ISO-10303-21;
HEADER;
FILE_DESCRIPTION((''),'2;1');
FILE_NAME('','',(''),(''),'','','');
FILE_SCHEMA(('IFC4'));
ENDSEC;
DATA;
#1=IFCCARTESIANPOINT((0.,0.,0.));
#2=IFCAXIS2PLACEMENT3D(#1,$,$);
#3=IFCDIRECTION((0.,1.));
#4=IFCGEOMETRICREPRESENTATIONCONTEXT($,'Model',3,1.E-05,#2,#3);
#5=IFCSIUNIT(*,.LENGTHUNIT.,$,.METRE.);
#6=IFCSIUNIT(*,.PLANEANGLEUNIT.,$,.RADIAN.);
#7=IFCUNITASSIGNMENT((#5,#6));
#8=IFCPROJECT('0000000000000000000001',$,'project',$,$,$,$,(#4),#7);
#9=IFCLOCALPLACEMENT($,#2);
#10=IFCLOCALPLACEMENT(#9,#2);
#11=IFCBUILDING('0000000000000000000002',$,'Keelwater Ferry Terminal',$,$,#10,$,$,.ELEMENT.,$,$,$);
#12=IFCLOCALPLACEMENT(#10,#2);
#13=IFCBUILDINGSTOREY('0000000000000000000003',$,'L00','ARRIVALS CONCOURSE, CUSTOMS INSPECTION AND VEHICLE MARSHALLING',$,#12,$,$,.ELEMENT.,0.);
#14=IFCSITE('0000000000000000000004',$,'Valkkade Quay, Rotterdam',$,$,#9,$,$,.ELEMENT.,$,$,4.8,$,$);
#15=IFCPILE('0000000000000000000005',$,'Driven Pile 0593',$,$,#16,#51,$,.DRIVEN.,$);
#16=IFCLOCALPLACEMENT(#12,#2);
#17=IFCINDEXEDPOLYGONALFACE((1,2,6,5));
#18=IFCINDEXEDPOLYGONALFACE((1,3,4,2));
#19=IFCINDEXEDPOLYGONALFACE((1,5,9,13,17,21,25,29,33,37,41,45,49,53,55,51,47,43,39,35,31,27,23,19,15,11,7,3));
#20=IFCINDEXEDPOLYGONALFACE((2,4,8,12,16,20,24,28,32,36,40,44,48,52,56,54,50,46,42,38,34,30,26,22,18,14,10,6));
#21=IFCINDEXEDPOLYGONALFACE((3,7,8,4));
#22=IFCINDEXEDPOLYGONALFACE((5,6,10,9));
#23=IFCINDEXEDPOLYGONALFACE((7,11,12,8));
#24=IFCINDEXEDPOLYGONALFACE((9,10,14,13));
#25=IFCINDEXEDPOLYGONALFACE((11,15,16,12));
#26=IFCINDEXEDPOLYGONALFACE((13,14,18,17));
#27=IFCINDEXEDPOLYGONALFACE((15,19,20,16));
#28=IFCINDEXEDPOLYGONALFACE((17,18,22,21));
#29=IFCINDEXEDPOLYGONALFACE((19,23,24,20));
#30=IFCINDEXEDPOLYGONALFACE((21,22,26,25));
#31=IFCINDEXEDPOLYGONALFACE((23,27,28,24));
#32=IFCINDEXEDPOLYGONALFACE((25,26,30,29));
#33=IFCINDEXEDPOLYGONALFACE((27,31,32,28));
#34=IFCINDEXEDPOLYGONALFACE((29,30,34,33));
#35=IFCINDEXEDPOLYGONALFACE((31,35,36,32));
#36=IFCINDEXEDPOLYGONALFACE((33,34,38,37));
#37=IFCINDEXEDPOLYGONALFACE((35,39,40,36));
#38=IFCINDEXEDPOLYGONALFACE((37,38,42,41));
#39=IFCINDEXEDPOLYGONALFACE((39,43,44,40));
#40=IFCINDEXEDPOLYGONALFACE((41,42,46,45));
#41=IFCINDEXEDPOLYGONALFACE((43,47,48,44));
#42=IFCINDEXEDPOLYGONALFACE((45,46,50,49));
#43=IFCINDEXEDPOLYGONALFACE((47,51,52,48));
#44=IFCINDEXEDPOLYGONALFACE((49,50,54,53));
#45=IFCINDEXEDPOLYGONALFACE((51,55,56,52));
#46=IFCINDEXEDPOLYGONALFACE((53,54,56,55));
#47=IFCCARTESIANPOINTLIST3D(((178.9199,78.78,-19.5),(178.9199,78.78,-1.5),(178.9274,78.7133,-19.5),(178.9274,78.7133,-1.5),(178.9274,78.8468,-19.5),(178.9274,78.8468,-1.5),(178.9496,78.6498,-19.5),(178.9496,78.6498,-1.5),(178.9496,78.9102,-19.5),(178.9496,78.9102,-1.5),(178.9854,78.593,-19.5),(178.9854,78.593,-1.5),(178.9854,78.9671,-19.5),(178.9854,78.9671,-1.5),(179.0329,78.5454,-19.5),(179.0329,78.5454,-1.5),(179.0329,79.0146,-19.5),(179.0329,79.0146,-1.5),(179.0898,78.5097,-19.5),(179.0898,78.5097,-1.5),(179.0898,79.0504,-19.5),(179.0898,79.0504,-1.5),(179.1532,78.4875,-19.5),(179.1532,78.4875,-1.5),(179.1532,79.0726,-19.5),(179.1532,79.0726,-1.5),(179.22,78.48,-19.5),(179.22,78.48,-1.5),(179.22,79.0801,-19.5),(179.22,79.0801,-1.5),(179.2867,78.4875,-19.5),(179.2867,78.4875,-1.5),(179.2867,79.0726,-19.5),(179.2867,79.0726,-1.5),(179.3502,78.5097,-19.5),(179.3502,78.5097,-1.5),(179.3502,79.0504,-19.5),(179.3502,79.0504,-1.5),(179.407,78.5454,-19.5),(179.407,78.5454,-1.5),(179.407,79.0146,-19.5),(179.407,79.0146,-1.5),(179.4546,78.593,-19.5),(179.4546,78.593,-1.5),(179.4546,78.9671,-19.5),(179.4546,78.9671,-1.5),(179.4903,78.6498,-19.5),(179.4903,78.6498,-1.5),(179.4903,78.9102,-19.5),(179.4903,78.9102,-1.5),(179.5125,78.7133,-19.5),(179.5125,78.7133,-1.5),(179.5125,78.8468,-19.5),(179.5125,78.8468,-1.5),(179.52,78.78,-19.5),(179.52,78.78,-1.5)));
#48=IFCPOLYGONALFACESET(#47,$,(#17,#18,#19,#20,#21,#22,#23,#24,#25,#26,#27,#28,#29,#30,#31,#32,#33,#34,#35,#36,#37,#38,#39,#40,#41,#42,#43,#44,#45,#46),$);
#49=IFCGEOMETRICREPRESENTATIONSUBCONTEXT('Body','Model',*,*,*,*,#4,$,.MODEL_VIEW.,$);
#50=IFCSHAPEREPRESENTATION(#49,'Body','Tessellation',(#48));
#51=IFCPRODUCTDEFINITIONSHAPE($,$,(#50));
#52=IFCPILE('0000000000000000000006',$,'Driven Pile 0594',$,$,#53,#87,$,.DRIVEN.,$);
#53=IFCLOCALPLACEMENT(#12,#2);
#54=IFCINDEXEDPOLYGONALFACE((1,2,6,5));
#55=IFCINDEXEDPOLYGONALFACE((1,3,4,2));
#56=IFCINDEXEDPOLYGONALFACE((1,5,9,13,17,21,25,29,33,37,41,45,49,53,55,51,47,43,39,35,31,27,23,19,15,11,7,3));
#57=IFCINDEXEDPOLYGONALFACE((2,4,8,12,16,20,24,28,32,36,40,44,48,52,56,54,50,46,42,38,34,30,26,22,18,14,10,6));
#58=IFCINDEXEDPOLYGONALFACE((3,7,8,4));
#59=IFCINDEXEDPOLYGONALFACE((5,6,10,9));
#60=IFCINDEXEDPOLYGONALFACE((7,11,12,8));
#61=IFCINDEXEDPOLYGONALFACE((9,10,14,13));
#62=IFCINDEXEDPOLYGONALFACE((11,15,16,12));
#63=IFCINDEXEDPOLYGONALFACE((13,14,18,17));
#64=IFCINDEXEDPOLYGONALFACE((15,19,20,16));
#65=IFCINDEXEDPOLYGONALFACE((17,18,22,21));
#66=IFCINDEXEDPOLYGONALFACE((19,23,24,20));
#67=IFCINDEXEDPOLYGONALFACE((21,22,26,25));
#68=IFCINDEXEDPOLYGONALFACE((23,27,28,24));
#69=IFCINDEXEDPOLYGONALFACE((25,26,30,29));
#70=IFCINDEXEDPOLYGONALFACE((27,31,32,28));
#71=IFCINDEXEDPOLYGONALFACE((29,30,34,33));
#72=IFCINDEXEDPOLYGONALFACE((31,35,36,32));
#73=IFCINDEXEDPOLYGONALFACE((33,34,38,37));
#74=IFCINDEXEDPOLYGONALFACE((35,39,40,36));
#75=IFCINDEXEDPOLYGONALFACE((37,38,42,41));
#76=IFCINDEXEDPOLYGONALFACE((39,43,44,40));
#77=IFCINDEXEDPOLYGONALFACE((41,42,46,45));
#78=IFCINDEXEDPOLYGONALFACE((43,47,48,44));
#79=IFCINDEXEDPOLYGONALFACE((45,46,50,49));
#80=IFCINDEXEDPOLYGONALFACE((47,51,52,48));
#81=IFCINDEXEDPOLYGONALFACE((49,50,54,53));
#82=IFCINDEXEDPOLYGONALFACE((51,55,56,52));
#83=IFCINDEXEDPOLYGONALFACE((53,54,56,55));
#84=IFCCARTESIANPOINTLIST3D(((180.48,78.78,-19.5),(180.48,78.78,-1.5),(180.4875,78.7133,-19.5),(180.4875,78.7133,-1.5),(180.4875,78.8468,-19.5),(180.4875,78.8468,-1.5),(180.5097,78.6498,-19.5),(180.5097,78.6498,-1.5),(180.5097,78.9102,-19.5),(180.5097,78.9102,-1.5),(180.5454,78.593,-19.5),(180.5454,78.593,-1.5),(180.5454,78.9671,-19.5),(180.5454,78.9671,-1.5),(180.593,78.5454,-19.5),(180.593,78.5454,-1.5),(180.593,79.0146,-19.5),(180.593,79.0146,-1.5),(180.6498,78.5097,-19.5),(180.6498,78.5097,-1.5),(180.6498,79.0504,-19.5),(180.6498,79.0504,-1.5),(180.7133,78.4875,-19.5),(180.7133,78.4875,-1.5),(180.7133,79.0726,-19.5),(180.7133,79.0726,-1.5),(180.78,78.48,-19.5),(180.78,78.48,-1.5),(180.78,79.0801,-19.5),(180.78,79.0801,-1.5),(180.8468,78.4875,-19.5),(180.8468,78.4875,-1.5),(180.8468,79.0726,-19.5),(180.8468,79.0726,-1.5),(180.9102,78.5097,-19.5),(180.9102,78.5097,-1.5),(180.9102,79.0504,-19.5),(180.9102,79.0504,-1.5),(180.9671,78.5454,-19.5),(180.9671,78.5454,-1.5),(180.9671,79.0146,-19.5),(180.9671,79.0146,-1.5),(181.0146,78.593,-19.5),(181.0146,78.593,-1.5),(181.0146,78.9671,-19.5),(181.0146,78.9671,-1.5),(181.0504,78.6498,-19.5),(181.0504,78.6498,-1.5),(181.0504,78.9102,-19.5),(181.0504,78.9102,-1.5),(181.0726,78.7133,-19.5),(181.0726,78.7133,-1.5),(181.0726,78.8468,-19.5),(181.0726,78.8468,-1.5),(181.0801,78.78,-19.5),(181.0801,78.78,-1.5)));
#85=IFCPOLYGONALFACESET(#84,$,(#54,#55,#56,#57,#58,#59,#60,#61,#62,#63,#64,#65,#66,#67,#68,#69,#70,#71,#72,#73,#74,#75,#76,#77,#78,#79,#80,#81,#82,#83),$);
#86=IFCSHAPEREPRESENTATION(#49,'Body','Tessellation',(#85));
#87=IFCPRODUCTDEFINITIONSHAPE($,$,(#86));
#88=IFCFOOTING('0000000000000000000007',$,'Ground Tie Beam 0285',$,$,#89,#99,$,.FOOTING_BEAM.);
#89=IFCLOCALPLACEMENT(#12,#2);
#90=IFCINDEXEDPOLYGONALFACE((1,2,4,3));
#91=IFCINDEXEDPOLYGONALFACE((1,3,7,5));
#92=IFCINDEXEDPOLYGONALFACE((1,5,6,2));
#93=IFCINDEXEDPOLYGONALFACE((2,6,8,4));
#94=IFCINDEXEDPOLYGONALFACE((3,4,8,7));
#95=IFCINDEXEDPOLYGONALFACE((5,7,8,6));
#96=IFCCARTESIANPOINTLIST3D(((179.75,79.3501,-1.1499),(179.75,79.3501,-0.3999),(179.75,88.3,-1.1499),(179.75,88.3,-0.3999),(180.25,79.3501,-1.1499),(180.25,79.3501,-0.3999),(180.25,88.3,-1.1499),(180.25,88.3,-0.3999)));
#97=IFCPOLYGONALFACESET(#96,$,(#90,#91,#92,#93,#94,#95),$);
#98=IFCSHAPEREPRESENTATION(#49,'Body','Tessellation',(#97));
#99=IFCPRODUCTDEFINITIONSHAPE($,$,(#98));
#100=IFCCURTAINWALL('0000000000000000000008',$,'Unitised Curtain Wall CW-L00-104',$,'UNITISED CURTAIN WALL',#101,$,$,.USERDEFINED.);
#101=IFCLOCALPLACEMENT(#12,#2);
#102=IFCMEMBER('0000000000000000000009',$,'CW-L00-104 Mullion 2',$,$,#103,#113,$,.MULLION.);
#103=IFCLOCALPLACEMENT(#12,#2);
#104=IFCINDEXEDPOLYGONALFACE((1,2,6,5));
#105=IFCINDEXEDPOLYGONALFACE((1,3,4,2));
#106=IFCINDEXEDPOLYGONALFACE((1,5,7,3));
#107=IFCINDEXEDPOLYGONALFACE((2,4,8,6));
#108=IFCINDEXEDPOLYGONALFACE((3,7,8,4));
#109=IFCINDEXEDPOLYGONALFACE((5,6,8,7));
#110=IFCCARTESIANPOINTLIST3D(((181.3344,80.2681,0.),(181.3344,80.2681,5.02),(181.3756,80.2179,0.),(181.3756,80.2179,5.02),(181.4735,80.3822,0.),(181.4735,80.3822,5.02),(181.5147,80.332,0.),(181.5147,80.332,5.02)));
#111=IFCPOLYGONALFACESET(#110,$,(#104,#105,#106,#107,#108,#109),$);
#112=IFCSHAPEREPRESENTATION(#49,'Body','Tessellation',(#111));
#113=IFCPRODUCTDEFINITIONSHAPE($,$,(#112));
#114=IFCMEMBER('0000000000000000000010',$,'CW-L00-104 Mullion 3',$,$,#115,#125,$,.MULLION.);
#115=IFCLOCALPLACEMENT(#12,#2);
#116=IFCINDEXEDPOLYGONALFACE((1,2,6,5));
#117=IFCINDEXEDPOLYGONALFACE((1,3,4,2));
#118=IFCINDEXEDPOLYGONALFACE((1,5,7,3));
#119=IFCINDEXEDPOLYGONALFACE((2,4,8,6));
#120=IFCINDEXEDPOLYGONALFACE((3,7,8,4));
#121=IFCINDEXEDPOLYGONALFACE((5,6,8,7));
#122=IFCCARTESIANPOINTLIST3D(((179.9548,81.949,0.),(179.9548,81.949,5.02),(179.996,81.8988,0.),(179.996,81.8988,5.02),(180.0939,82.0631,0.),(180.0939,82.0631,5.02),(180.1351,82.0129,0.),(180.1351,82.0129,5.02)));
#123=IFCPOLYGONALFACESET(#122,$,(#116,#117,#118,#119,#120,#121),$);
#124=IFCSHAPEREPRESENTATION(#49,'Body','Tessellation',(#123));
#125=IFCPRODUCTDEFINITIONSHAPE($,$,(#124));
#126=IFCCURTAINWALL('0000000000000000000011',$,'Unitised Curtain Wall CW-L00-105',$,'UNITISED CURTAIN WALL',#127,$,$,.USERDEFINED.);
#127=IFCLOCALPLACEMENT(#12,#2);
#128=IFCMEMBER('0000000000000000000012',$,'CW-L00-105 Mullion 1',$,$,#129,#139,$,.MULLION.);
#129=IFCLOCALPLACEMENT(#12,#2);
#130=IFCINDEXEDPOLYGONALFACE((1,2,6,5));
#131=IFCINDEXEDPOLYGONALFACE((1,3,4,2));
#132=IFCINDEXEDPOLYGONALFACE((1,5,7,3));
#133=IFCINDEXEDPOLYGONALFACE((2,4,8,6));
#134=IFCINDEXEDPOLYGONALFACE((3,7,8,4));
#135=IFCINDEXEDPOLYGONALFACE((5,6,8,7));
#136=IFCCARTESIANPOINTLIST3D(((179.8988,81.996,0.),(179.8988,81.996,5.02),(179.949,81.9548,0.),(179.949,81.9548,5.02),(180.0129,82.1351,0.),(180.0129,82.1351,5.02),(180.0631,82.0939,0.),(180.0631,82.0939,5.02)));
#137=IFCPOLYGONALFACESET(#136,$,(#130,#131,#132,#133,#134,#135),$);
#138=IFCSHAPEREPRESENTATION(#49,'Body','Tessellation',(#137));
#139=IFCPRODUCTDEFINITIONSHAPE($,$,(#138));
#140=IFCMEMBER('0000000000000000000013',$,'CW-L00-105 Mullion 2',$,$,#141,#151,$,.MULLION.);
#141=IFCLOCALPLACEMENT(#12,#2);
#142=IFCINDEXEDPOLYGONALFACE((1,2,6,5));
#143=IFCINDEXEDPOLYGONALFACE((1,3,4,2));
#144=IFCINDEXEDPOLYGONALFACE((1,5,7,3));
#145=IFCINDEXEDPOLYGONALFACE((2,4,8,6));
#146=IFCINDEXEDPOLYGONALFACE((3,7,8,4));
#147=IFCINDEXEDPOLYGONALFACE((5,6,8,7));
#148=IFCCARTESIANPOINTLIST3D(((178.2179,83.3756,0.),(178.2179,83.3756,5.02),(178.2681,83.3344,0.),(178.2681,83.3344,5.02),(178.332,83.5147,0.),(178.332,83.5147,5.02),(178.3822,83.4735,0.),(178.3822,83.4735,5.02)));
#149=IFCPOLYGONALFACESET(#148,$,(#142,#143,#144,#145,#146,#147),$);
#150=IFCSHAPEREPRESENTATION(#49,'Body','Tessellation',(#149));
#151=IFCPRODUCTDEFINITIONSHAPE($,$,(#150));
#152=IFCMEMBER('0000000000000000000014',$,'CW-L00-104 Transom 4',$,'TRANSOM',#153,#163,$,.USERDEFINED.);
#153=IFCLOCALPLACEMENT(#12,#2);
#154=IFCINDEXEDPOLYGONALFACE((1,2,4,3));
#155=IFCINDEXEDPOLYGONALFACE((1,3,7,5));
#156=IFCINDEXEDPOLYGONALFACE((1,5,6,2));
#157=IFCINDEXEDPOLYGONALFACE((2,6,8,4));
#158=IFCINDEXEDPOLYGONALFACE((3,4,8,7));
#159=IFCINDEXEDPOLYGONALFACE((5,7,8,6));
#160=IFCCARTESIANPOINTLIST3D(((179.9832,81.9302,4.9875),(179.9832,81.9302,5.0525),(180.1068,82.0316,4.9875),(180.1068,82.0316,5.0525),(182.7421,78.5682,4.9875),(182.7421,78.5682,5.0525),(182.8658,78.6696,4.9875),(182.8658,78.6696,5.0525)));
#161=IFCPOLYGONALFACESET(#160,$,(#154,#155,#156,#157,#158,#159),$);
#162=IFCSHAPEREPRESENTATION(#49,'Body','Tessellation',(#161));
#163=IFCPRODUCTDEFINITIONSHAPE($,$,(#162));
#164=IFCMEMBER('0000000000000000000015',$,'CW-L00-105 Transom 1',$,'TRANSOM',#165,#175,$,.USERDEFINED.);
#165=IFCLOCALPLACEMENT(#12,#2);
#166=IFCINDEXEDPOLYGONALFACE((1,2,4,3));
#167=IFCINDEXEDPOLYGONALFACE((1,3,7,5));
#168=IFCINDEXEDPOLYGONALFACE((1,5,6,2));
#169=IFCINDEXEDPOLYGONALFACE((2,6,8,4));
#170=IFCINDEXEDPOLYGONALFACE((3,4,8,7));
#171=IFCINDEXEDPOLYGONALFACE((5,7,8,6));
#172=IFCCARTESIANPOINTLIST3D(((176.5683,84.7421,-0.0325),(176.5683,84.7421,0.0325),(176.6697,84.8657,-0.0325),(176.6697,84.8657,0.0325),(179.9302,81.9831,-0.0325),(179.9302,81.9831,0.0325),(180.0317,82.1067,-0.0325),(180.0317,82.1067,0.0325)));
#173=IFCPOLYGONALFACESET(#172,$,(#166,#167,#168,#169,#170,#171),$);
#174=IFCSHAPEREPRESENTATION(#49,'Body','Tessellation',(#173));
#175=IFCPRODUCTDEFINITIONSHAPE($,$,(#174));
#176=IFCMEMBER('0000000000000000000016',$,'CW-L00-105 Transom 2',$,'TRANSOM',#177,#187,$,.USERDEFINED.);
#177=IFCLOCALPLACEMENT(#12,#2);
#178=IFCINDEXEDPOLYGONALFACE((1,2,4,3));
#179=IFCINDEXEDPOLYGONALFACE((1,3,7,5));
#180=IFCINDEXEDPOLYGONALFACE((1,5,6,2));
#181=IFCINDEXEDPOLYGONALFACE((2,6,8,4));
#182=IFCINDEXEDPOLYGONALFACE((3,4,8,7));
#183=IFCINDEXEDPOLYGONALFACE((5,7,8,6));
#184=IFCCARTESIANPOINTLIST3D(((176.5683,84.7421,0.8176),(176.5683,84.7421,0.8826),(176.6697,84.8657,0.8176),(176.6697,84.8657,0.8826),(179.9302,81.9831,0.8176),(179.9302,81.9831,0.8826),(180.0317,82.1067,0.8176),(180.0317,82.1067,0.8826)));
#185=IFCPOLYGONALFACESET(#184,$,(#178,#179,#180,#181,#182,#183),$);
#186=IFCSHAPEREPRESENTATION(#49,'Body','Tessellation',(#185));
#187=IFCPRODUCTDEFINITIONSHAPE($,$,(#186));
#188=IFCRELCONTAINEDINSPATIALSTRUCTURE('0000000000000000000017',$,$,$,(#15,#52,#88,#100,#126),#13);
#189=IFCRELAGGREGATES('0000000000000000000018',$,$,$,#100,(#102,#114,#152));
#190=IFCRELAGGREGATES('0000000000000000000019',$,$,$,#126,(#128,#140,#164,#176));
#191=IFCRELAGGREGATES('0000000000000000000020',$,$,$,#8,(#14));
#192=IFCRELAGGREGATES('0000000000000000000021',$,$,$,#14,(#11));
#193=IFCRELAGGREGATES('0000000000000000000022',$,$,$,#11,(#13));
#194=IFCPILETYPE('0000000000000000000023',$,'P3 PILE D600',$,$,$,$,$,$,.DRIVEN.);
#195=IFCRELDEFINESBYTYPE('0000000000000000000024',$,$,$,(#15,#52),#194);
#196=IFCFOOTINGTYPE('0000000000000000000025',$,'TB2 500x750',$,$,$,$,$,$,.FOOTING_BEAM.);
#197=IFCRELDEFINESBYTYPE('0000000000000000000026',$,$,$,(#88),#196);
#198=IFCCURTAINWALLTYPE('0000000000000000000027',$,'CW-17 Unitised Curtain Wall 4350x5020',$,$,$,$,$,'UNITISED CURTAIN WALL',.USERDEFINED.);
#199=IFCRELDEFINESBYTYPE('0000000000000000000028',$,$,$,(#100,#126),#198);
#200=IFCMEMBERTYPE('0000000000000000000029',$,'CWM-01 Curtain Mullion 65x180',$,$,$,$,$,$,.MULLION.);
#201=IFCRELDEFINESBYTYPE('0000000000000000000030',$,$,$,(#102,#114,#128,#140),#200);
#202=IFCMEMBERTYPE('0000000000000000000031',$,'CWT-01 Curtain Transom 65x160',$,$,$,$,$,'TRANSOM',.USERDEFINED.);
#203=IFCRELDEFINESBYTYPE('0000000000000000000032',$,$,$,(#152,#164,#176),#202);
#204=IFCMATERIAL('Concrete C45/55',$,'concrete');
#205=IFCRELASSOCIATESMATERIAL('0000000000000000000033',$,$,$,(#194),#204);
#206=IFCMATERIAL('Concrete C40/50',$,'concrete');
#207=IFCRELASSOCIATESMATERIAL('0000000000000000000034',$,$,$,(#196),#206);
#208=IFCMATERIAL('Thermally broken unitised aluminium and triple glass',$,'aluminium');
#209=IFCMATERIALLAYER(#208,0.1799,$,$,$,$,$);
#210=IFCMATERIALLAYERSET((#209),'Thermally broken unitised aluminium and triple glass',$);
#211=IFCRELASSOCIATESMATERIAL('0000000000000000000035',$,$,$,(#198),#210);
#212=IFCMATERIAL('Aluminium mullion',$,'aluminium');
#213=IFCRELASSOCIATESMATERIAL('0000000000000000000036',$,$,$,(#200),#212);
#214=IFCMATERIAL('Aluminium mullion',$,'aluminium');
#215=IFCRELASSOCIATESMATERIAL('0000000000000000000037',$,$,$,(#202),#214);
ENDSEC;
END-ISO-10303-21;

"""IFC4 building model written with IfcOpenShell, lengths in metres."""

from ifc_helpers import new_model, si_unit, direction, frame, origin, origin_2d, place, context, subcontext, project, spatial, rectangle, circle, extrude, material, layer, layer_set, material_profile, profile_set, type_object, element, aggregate, save


model = new_model("IFC4")

# Units and contexts
model_context = context("Model", 3, precision=1e-05, world=origin(), true_north=direction((0.0, 1.0)))
body_context = subcontext(model_context, "Body", "Model", "MODEL_VIEW")
ifc_project = project(units=[si_unit("LENGTHUNIT", "METRE"), si_unit("PLANEANGLEUNIT", "RADIAN")], contexts=[model_context])

# Site, building, storey
site_placement = place(None, origin())
site = spatial("IfcSite", under=ifc_project, at=site_placement, Name="Valkkade Quay, Rotterdam", CompositionType="ELEMENT", RefElevation=4.8)
building_placement = place(site_placement, origin())
building = spatial("IfcBuilding", under=site, at=building_placement, Name="Keelwater Ferry Terminal", CompositionType="ELEMENT")
storey_placement = place(building_placement, origin())
storey = spatial("IfcBuildingStorey", under=building, at=storey_placement, Name="L00", Description="ARRIVALS CONCOURSE, CUSTOMS INSPECTION AND VEHICLE MARSHALLING", CompositionType="ELEMENT", Elevation=0.0)

# Piles
ifc_material_1 = material(Name="Concrete C45/55", Category="concrete")
ifc_material_profile_1 = material_profile(ifc_material_1, circle(Radius=0.3, at=origin_2d()), Name="PILE D600")
ifc_profile_set_1 = profile_set([ifc_material_profile_1], Name="Concrete C45/55")
pile_type = type_object("IfcPileType", Name="P3 PILE D600", PredefinedType="DRIVEN", material=ifc_profile_set_1)
for number, where, z_axis, x_axis, name in (
    (1, (179.22, 78.78, -1.5), (0.0, 0.0, -1.0), (1.0, 0.0, 0.0), "Driven Pile 0593"),
    (2, (180.78, 78.78, -1.5), (0.0, 0.0, -1.0), (1.0, 0.0, 0.0), "Driven Pile 0594"),
):
    element("IfcPile", number, at=place(storey_placement, frame(where, z_axis=z_axis, x_axis=x_axis)), inside=storey, type_object=pile_type, Name=name, PredefinedType="DRIVEN", context=body_context, shape_type="SweptSolid", body=[
        extrude(circle(Radius=0.3, at=origin_2d()), origin(), (0.0, 0.0, 1.0), 18.0),
    ])

# Footing
ifc_material_2 = material(Name="Concrete C40/50", Category="concrete")
ifc_material_profile_2 = material_profile(ifc_material_2, rectangle(XDim=0.5, YDim=0.75, at=origin_2d()), Name="TB 500x750")
ifc_profile_set_2 = profile_set([ifc_material_profile_2], Name="Concrete C40/50")
footing_type = type_object("IfcFootingType", Name="TB2 500x750", PredefinedType="FOOTING_BEAM", material=ifc_profile_set_2)
footing_placement = place(storey_placement, frame((180.0, 79.3501, -0.7749), z_axis=(0.0, 1.0, 0.0), x_axis=(-1.0, 0.0, 0.0)))
element("IfcFooting", 3, at=footing_placement, inside=storey, type_object=footing_type, Name="Ground Tie Beam 0285", PredefinedType="FOOTING_BEAM", context=body_context, shape_type="SweptSolid", body=[
    extrude(rectangle(XDim=0.5, YDim=0.75, at=origin_2d()), origin(), (0.0, 0.0, 1.0), 8.95),
])

# Curtain walls, members
ifc_material_3 = material(Name="Thermally broken unitised aluminium and triple glass", Category="aluminium")
ifc_layer_1 = layer(ifc_material_3, 0.1799)
ifc_layer_set_1 = layer_set([ifc_layer_1], Name="Thermally broken unitised aluminium and triple glass")
curtain_wall_type = type_object("IfcCurtainWallType", Name="CW-17 Unitised Curtain Wall 4350x5020", ElementType="UNITISED CURTAIN WALL", PredefinedType="USERDEFINED", material=ifc_layer_set_1)
curtain_wall_1_placement = place(storey_placement, origin())
curtain_wall_1 = element("IfcCurtainWall", 4, at=curtain_wall_1_placement, inside=storey, type_object=curtain_wall_type, Name="Unitised Curtain Wall CW-L00-104", ObjectType="UNITISED CURTAIN WALL", PredefinedType="USERDEFINED")
ifc_material_4 = material(Name="Aluminium mullion", Category="aluminium")
ifc_material_profile_3 = material_profile(ifc_material_4, rectangle(XDim=0.0649, YDim=0.1799, at=origin_2d()), Name="CWM-01")
ifc_profile_set_3 = profile_set([ifc_material_profile_3], Name="Aluminium mullion")
member_type_1 = type_object("IfcMemberType", Name="CWM-01 Curtain Mullion 65x180", PredefinedType="MULLION", material=ifc_profile_set_3)
member_1_placement = place(storey_placement, frame((181.4246, 80.3, 0.0), z_axis=(0.0, 0.0, 1.0), x_axis=(-0.634377, 0.773024, 0.0)))
member_1 = element("IfcMember", 5, at=member_1_placement, type_object=member_type_1, Name="CW-L00-104 Mullion 2", PredefinedType="MULLION", context=body_context, shape_type="SweptSolid", body=[
    extrude(rectangle(XDim=0.0649, YDim=0.1799, at=origin_2d()), origin(), (0.0, 0.0, 1.0), 5.02),
])
member_2_placement = place(storey_placement, frame((180.0449, 81.981, 0.0), z_axis=(0.0, 0.0, 1.0), x_axis=(-0.634377, 0.773024, 0.0)))
member_2 = element("IfcMember", 6, at=member_2_placement, type_object=member_type_1, Name="CW-L00-104 Mullion 3", PredefinedType="MULLION", context=body_context, shape_type="SweptSolid", body=[
    extrude(rectangle(XDim=0.0649, YDim=0.1799, at=origin_2d()), origin(), (0.0, 0.0, 1.0), 5.02),
])
curtain_wall_2_placement = place(storey_placement, origin())
curtain_wall_2 = element("IfcCurtainWall", 7, at=curtain_wall_2_placement, inside=storey, type_object=curtain_wall_type, Name="Unitised Curtain Wall CW-L00-105", ObjectType="UNITISED CURTAIN WALL", PredefinedType="USERDEFINED")
member_3_placement = place(storey_placement, frame((179.981, 82.0449, 0.0), z_axis=(0.0, 0.0, 1.0), x_axis=(-0.773024, 0.634377, 0.0)))
member_3 = element("IfcMember", 8, at=member_3_placement, type_object=member_type_1, Name="CW-L00-105 Mullion 1", PredefinedType="MULLION", context=body_context, shape_type="SweptSolid", body=[
    extrude(rectangle(XDim=0.0649, YDim=0.1799, at=origin_2d()), origin(), (0.0, 0.0, 1.0), 5.02),
])
member_4_placement = place(storey_placement, frame((178.3, 83.4246, 0.0), z_axis=(0.0, 0.0, 1.0), x_axis=(-0.773024, 0.634377, 0.0)))
member_4 = element("IfcMember", 9, at=member_4_placement, type_object=member_type_1, Name="CW-L00-105 Mullion 2", PredefinedType="MULLION", context=body_context, shape_type="SweptSolid", body=[
    extrude(rectangle(XDim=0.0649, YDim=0.1799, at=origin_2d()), origin(), (0.0, 0.0, 1.0), 5.02),
])

# Members
ifc_material_5 = material(Name="Aluminium mullion", Category="aluminium")
ifc_material_profile_4 = material_profile(ifc_material_5, rectangle(XDim=0.1599, YDim=0.0649, at=origin_2d()), Name="CWT-01")
ifc_profile_set_4 = profile_set([ifc_material_profile_4], Name="Aluminium mullion")
member_type_2 = type_object("IfcMemberType", Name="CWT-01 Curtain Transom 65x160", ElementType="TRANSOM", PredefinedType="USERDEFINED", material=ifc_profile_set_4)
member_5_placement = place(storey_placement, frame((182.804, 78.6189, 5.02), z_axis=(-0.634374, 0.773026, 0.0), x_axis=(-0.773026, -0.634374, 0.0)))
member_5 = element("IfcMember", 10, at=member_5_placement, type_object=member_type_2, Name="CW-L00-104 Transom 4", ObjectType="TRANSOM", PredefinedType="USERDEFINED", context=body_context, shape_type="SweptSolid", body=[
    extrude(rectangle(XDim=0.1599, YDim=0.0649, at=origin_2d()), origin(), (0.0, 0.0, 1.0), 4.3491),
])
member_6_placement = place(storey_placement, frame((179.981, 82.0449, 0.0), z_axis=(-0.773026, 0.634374, 0.0), x_axis=(-0.634374, -0.773026, 0.0)))
member_6 = element("IfcMember", 11, at=member_6_placement, type_object=member_type_2, Name="CW-L00-105 Transom 1", ObjectType="TRANSOM", PredefinedType="USERDEFINED", context=body_context, shape_type="SweptSolid", body=[
    extrude(rectangle(XDim=0.1599, YDim=0.0649, at=origin_2d()), origin(), (0.0, 0.0, 1.0), 4.3491),
])
member_7_placement = place(storey_placement, frame((179.981, 82.0449, 0.8501), z_axis=(-0.773026, 0.634374, 0.0), x_axis=(-0.634374, -0.773026, 0.0)))
member_7 = element("IfcMember", 12, at=member_7_placement, type_object=member_type_2, Name="CW-L00-105 Transom 2", ObjectType="TRANSOM", PredefinedType="USERDEFINED", context=body_context, shape_type="SweptSolid", body=[
    extrude(rectangle(XDim=0.1599, YDim=0.0649, at=origin_2d()), origin(), (0.0, 0.0, 1.0), 4.3491),
])

aggregate(curtain_wall_1, [member_1, member_2, member_5])
aggregate(curtain_wall_2, [member_3, member_4, member_6, member_7])

save(model, "model.ifc")
